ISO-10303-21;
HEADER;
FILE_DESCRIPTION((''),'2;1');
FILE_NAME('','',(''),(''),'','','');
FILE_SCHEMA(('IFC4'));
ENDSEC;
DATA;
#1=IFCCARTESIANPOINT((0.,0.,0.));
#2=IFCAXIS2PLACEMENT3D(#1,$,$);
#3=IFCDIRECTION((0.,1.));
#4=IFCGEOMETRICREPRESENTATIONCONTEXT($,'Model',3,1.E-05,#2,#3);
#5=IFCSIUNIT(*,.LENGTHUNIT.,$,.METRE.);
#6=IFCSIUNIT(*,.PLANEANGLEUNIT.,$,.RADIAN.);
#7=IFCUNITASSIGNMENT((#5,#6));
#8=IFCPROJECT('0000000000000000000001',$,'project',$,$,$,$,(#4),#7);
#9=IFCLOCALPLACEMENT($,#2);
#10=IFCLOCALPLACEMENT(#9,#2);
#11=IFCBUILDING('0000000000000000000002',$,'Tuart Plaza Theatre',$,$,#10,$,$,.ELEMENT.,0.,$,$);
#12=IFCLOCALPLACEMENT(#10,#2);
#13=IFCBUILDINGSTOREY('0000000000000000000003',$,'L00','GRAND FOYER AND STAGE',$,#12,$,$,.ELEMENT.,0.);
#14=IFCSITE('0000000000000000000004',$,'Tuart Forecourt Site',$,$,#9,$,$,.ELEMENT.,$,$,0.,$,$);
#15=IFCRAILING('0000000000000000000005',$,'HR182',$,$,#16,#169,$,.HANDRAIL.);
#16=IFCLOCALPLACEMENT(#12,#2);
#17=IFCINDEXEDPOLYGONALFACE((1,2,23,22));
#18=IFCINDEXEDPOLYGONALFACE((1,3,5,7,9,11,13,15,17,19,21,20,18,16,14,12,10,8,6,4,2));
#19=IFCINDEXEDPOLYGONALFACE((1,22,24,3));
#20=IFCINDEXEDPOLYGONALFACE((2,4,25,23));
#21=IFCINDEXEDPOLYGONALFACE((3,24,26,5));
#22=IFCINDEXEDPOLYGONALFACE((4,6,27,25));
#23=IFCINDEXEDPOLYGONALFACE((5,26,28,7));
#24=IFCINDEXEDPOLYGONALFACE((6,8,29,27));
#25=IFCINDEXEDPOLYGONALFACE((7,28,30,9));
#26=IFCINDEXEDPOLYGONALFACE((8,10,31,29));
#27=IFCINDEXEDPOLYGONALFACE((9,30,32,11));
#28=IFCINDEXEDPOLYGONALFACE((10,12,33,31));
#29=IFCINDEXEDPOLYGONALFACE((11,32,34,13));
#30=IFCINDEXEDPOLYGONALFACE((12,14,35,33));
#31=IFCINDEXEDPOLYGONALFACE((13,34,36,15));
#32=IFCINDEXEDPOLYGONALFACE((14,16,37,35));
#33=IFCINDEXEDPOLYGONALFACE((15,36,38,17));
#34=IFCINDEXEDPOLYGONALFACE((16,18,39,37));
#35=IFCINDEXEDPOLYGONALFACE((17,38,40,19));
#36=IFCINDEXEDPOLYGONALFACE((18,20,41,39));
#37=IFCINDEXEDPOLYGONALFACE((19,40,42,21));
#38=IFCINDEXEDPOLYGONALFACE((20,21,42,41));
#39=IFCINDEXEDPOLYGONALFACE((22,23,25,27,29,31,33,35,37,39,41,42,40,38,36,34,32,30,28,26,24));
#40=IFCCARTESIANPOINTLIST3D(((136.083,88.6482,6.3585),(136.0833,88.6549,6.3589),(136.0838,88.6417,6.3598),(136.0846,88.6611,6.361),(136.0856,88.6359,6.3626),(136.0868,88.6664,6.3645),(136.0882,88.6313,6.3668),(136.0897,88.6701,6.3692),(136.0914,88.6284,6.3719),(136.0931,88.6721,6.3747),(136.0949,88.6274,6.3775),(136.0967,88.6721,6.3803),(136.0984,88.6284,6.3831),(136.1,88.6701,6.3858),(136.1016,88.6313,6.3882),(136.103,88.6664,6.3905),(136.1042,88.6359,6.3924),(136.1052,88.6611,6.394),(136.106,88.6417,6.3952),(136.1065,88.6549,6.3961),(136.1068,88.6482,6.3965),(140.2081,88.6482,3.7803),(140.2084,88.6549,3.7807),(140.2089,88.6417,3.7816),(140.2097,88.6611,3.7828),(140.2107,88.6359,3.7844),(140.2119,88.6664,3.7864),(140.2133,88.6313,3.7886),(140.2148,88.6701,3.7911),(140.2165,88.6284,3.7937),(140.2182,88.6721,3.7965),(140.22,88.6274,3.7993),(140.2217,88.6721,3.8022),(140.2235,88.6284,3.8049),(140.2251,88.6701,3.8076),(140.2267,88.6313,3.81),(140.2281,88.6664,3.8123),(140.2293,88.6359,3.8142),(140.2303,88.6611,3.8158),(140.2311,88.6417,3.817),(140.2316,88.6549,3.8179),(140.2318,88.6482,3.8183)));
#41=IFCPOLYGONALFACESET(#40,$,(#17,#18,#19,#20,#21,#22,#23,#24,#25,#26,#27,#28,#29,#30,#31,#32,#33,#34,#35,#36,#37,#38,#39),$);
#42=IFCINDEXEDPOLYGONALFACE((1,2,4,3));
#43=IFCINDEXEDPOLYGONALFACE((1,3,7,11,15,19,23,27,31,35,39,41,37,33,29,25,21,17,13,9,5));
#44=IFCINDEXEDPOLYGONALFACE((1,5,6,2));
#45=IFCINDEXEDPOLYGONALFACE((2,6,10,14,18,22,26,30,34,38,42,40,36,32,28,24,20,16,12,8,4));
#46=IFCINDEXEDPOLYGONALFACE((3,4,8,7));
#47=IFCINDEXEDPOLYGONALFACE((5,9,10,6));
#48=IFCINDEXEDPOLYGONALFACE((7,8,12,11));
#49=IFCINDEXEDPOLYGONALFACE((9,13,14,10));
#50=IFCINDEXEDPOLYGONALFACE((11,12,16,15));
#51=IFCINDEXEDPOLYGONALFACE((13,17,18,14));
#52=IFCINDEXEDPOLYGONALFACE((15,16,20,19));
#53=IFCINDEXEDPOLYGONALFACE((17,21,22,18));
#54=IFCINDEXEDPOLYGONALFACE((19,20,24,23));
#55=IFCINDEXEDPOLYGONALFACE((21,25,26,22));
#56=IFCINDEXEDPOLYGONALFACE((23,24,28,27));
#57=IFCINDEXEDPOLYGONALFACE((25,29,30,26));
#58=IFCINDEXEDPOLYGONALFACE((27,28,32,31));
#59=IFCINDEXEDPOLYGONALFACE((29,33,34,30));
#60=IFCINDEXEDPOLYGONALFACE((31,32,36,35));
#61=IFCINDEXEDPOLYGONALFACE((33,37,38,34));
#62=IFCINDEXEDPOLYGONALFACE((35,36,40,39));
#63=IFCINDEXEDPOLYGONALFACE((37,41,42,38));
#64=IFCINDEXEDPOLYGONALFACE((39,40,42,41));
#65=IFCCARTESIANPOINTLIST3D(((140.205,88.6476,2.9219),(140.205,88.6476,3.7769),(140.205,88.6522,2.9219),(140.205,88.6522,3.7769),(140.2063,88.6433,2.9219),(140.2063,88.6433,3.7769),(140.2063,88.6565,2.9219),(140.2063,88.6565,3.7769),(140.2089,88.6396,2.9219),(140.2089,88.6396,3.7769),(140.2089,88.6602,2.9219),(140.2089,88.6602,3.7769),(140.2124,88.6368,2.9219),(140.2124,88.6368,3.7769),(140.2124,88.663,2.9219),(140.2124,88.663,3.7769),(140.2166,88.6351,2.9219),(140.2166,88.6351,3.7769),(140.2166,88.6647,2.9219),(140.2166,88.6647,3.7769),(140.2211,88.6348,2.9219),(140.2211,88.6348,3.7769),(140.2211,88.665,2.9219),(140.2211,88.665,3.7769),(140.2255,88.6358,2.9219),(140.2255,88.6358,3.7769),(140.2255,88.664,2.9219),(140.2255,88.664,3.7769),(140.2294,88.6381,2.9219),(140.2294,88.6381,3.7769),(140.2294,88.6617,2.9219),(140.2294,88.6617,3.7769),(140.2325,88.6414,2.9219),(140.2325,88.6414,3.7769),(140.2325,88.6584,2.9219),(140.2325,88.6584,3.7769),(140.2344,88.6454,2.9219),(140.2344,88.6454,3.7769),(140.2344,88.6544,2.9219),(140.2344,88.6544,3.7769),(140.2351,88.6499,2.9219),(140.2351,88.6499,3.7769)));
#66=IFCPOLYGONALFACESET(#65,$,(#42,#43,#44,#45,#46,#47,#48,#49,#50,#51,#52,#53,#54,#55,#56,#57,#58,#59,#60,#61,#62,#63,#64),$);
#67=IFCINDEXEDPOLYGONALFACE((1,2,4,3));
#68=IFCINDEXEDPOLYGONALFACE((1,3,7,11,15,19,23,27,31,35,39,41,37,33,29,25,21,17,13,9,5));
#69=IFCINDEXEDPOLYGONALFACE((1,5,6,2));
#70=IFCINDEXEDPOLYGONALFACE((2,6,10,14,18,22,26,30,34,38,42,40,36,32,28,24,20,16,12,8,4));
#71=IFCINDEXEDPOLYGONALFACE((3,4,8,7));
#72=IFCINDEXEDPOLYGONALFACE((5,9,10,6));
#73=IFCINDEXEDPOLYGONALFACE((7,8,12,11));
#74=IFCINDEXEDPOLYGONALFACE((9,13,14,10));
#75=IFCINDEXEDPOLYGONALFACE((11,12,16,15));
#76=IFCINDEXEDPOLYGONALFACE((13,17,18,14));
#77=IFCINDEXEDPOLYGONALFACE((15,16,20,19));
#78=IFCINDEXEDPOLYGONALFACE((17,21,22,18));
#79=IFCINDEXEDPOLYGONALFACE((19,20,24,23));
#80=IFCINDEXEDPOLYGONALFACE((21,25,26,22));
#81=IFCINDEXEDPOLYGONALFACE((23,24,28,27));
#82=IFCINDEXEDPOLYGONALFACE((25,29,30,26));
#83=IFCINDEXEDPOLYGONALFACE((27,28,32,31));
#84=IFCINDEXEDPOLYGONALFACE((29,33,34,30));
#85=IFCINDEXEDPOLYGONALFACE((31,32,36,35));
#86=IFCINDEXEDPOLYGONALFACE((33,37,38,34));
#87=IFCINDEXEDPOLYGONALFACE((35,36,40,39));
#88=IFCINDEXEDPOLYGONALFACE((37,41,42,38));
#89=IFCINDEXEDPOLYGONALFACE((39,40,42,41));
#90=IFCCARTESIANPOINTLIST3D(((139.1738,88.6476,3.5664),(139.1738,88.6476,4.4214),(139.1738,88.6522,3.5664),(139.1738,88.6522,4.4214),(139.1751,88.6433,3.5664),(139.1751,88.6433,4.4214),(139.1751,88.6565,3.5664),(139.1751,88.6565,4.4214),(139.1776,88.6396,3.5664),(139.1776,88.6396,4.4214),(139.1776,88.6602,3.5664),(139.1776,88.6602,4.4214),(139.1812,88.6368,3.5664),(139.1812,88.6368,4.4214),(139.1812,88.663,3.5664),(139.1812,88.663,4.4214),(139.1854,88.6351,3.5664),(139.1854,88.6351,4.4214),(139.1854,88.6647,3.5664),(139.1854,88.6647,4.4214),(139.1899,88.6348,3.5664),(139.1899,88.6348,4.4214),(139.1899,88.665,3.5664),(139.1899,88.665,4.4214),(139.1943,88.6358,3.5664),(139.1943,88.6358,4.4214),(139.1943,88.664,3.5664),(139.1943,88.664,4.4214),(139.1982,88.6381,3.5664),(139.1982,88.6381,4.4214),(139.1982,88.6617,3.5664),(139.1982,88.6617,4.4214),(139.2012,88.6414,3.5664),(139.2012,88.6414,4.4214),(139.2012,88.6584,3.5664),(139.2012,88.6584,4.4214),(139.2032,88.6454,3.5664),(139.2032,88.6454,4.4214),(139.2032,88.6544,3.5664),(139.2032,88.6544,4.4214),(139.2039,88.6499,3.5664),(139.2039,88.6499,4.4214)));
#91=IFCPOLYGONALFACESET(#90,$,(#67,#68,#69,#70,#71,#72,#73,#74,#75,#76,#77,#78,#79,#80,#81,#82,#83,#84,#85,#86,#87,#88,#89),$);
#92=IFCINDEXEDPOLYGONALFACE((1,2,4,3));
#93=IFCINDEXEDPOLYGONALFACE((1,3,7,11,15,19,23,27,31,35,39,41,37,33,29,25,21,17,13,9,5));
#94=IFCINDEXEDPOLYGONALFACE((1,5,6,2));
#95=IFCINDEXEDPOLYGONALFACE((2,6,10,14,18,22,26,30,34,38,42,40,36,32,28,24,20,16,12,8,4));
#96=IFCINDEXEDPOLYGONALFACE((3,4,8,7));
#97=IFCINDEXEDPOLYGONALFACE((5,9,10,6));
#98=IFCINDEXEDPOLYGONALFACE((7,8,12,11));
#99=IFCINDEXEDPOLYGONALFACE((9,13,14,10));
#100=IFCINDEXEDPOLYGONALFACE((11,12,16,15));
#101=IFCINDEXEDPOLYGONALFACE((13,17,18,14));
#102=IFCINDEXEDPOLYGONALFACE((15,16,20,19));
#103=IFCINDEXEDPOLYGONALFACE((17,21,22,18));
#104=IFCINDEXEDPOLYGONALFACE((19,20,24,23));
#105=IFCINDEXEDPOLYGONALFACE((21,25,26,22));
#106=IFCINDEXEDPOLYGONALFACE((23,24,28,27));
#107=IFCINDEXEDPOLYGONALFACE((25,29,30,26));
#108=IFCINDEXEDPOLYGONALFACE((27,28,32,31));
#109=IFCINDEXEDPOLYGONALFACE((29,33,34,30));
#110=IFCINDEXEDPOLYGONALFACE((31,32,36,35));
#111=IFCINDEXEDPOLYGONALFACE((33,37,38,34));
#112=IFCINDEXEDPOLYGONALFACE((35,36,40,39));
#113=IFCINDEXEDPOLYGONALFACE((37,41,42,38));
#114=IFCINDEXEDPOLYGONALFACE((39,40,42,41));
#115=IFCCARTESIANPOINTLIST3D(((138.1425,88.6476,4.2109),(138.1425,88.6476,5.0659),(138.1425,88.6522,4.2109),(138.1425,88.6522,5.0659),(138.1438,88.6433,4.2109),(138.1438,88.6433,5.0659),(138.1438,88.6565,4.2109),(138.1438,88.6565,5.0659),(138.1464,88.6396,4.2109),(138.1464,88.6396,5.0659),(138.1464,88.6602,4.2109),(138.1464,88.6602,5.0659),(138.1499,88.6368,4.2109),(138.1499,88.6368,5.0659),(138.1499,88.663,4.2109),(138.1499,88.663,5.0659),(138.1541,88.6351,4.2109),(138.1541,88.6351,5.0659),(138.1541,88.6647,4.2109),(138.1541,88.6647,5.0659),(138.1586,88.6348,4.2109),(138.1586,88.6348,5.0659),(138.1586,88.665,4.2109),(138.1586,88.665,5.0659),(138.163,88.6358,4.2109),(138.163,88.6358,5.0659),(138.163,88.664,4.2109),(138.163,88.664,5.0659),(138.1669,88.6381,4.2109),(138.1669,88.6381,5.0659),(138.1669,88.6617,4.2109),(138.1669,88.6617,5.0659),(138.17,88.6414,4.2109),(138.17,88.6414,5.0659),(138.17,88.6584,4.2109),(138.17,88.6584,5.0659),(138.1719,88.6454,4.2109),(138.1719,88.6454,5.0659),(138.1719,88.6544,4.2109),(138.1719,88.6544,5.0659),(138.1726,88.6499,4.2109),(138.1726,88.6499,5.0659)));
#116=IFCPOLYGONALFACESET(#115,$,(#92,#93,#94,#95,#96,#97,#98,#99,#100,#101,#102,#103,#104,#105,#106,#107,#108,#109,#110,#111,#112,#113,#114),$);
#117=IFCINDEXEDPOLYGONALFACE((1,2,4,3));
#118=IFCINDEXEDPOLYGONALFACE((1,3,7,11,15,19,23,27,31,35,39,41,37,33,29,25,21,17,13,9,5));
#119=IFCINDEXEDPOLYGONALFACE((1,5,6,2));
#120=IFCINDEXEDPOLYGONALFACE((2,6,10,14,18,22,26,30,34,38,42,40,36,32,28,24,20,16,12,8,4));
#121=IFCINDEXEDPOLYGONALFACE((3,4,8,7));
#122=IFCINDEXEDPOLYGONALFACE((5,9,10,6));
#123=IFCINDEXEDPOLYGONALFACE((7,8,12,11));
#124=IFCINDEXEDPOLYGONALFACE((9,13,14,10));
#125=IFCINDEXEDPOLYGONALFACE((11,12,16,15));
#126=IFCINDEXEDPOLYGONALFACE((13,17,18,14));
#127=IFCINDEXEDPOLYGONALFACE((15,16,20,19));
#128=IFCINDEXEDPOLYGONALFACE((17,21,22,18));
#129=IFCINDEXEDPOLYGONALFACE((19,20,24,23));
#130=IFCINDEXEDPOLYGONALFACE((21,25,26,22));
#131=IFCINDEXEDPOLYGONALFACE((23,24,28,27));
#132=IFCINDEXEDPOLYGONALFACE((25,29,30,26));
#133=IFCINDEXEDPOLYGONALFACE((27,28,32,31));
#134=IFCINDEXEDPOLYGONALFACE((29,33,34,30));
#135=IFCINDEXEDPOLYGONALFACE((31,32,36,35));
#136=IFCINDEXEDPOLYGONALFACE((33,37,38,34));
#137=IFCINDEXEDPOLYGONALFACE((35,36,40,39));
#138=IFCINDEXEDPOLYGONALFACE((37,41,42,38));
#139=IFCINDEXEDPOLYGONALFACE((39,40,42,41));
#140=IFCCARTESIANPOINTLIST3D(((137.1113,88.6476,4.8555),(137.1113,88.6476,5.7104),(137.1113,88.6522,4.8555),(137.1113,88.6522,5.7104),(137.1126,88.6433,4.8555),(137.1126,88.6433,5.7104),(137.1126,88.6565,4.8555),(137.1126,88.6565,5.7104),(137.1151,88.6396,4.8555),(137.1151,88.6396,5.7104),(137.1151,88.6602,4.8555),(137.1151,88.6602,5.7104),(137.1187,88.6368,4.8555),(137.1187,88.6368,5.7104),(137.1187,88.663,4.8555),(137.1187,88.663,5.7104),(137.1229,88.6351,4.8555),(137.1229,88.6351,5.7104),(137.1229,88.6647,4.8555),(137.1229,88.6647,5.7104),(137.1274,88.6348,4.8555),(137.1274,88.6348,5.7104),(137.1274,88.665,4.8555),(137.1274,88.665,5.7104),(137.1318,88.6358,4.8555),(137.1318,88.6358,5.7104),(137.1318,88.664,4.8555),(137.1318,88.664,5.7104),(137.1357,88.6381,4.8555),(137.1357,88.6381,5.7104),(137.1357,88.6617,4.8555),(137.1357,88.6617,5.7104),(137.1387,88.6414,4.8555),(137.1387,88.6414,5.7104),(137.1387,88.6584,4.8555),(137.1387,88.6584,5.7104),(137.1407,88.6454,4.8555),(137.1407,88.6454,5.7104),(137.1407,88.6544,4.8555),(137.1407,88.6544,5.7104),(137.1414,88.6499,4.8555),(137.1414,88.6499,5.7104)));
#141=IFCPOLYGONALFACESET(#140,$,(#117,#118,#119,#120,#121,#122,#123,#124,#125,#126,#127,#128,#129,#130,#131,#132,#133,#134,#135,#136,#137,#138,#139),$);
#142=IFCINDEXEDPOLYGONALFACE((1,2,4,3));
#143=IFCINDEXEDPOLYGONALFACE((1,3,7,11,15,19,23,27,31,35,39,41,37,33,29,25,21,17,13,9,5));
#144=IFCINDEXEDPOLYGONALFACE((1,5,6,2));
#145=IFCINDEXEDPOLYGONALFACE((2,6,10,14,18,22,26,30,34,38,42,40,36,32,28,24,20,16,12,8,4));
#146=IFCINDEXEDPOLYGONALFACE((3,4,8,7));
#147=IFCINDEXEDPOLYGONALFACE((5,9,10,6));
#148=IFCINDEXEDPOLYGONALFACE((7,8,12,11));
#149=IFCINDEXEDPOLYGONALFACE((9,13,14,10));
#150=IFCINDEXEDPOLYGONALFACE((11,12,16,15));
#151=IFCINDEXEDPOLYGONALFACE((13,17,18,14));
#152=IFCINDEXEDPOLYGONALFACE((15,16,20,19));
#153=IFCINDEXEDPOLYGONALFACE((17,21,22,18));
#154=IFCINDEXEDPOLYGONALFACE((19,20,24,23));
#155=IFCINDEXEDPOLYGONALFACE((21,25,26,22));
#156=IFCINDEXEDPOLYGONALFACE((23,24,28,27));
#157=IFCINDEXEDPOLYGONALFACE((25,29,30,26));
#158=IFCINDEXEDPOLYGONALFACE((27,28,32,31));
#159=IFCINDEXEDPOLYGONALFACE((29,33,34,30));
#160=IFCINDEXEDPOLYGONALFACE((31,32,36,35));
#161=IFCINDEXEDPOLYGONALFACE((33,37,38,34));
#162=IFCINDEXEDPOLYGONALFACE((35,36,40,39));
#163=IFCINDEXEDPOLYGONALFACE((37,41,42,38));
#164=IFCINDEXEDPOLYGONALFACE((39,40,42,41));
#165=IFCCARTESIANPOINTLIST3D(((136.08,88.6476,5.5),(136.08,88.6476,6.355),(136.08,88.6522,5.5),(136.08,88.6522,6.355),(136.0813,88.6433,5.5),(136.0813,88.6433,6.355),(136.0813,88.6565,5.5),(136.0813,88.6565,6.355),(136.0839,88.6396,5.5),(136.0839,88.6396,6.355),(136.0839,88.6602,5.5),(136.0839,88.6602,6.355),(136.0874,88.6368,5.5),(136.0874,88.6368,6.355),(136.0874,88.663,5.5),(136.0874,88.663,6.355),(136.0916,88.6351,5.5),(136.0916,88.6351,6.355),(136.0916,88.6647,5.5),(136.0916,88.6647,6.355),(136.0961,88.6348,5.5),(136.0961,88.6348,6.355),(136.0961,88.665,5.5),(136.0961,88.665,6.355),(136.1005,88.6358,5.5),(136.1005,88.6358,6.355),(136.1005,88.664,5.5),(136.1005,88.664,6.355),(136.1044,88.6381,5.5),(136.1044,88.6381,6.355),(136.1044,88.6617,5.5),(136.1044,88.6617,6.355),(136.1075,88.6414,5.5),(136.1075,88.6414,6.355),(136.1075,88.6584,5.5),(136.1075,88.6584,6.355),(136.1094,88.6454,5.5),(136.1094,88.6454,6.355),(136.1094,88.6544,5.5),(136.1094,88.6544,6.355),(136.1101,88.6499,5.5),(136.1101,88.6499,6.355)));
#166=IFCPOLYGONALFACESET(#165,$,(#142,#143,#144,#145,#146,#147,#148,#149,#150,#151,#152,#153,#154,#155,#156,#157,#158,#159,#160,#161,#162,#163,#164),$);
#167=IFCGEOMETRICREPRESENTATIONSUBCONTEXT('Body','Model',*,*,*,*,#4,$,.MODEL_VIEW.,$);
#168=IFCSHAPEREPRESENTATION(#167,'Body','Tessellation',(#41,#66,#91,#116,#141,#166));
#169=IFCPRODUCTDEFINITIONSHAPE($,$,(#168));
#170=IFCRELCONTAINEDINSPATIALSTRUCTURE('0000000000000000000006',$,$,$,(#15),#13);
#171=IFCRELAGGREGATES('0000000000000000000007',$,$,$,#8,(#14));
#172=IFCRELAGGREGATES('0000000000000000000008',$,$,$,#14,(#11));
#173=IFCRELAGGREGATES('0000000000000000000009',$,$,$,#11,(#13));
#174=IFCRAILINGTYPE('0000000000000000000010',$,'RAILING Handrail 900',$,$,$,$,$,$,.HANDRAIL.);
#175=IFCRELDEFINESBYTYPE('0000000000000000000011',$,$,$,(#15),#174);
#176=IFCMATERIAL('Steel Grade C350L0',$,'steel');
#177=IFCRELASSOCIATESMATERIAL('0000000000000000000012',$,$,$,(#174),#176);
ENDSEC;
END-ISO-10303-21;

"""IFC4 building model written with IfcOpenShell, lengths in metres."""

from ifc_helpers import new_model, si_unit, direction, frame, origin, origin_2d, place, context, subcontext, project, spatial, circle, extrude, material, type_object, element, save


model = new_model("IFC4")

# Units and contexts
model_context = context("Model", 3, precision=1e-05, world=origin(), true_north=direction((0.0, 1.0)))
body_context = subcontext(model_context, "Body", "Model", "MODEL_VIEW")
ifc_project = project(units=[si_unit("LENGTHUNIT", "METRE"), si_unit("PLANEANGLEUNIT", "RADIAN")], contexts=[model_context])

# Site, building, storey
site_placement = place(None, origin())
site = spatial("IfcSite", under=ifc_project, at=site_placement, Name="Tuart Forecourt Site", CompositionType="ELEMENT", RefElevation=0.0)
building_placement = place(site_placement, origin())
building = spatial("IfcBuilding", under=site, at=building_placement, Name="Tuart Plaza Theatre", CompositionType="ELEMENT", ElevationOfRefHeight=0.0)
storey_placement = place(building_placement, origin())
storey = spatial("IfcBuildingStorey", under=building, at=storey_placement, Name="L00", Description="GRAND FOYER AND STAGE", CompositionType="ELEMENT", Elevation=0.0)

# Railing
ifc_material_1 = material(Name="Steel Grade C350L0", Category="steel")
railing_type_1 = type_object("IfcRailingType", Name="RAILING Handrail 900", PredefinedType="HANDRAIL", material=ifc_material_1)
railing_1_placement = place(storey_placement, frame((140.22, 88.6499, 2.9219)))
element("IfcRailing", 1, at=railing_1_placement, inside=storey, type_object=railing_type_1, Name="HR182", PredefinedType="HANDRAIL", context=body_context, shape_type="SweptSolid", body=[
    extrude(circle(Radius=0.0225, at=origin_2d()), frame((0.0, 0.0, 0.8774), z_axis=(-0.847998, 0.0, 0.529999), x_axis=(0.0, -1.0, 0.0)), (0.0, 0.0, 1.0), 4.8645),
    extrude(circle(Radius=0.0151, at=origin_2d()), origin(), (0.0, 0.0, 1.0), 0.855),
    extrude(circle(Radius=0.0151, at=origin_2d()), frame((-1.0312, 0.0, 0.6445)), (0.0, 0.0, 1.0), 0.855),
    extrude(circle(Radius=0.0151, at=origin_2d()), frame((-2.0625, 0.0, 1.2891)), (0.0, 0.0, 1.0), 0.855),
    extrude(circle(Radius=0.0151, at=origin_2d()), frame((-3.0938, 0.0, 1.9336)), (0.0, 0.0, 1.0), 0.855),
    extrude(circle(Radius=0.0151, at=origin_2d()), frame((-4.125, 0.0, 2.5781)), (0.0, 0.0, 1.0), 0.855),
])

save(model, "model.ifc")
